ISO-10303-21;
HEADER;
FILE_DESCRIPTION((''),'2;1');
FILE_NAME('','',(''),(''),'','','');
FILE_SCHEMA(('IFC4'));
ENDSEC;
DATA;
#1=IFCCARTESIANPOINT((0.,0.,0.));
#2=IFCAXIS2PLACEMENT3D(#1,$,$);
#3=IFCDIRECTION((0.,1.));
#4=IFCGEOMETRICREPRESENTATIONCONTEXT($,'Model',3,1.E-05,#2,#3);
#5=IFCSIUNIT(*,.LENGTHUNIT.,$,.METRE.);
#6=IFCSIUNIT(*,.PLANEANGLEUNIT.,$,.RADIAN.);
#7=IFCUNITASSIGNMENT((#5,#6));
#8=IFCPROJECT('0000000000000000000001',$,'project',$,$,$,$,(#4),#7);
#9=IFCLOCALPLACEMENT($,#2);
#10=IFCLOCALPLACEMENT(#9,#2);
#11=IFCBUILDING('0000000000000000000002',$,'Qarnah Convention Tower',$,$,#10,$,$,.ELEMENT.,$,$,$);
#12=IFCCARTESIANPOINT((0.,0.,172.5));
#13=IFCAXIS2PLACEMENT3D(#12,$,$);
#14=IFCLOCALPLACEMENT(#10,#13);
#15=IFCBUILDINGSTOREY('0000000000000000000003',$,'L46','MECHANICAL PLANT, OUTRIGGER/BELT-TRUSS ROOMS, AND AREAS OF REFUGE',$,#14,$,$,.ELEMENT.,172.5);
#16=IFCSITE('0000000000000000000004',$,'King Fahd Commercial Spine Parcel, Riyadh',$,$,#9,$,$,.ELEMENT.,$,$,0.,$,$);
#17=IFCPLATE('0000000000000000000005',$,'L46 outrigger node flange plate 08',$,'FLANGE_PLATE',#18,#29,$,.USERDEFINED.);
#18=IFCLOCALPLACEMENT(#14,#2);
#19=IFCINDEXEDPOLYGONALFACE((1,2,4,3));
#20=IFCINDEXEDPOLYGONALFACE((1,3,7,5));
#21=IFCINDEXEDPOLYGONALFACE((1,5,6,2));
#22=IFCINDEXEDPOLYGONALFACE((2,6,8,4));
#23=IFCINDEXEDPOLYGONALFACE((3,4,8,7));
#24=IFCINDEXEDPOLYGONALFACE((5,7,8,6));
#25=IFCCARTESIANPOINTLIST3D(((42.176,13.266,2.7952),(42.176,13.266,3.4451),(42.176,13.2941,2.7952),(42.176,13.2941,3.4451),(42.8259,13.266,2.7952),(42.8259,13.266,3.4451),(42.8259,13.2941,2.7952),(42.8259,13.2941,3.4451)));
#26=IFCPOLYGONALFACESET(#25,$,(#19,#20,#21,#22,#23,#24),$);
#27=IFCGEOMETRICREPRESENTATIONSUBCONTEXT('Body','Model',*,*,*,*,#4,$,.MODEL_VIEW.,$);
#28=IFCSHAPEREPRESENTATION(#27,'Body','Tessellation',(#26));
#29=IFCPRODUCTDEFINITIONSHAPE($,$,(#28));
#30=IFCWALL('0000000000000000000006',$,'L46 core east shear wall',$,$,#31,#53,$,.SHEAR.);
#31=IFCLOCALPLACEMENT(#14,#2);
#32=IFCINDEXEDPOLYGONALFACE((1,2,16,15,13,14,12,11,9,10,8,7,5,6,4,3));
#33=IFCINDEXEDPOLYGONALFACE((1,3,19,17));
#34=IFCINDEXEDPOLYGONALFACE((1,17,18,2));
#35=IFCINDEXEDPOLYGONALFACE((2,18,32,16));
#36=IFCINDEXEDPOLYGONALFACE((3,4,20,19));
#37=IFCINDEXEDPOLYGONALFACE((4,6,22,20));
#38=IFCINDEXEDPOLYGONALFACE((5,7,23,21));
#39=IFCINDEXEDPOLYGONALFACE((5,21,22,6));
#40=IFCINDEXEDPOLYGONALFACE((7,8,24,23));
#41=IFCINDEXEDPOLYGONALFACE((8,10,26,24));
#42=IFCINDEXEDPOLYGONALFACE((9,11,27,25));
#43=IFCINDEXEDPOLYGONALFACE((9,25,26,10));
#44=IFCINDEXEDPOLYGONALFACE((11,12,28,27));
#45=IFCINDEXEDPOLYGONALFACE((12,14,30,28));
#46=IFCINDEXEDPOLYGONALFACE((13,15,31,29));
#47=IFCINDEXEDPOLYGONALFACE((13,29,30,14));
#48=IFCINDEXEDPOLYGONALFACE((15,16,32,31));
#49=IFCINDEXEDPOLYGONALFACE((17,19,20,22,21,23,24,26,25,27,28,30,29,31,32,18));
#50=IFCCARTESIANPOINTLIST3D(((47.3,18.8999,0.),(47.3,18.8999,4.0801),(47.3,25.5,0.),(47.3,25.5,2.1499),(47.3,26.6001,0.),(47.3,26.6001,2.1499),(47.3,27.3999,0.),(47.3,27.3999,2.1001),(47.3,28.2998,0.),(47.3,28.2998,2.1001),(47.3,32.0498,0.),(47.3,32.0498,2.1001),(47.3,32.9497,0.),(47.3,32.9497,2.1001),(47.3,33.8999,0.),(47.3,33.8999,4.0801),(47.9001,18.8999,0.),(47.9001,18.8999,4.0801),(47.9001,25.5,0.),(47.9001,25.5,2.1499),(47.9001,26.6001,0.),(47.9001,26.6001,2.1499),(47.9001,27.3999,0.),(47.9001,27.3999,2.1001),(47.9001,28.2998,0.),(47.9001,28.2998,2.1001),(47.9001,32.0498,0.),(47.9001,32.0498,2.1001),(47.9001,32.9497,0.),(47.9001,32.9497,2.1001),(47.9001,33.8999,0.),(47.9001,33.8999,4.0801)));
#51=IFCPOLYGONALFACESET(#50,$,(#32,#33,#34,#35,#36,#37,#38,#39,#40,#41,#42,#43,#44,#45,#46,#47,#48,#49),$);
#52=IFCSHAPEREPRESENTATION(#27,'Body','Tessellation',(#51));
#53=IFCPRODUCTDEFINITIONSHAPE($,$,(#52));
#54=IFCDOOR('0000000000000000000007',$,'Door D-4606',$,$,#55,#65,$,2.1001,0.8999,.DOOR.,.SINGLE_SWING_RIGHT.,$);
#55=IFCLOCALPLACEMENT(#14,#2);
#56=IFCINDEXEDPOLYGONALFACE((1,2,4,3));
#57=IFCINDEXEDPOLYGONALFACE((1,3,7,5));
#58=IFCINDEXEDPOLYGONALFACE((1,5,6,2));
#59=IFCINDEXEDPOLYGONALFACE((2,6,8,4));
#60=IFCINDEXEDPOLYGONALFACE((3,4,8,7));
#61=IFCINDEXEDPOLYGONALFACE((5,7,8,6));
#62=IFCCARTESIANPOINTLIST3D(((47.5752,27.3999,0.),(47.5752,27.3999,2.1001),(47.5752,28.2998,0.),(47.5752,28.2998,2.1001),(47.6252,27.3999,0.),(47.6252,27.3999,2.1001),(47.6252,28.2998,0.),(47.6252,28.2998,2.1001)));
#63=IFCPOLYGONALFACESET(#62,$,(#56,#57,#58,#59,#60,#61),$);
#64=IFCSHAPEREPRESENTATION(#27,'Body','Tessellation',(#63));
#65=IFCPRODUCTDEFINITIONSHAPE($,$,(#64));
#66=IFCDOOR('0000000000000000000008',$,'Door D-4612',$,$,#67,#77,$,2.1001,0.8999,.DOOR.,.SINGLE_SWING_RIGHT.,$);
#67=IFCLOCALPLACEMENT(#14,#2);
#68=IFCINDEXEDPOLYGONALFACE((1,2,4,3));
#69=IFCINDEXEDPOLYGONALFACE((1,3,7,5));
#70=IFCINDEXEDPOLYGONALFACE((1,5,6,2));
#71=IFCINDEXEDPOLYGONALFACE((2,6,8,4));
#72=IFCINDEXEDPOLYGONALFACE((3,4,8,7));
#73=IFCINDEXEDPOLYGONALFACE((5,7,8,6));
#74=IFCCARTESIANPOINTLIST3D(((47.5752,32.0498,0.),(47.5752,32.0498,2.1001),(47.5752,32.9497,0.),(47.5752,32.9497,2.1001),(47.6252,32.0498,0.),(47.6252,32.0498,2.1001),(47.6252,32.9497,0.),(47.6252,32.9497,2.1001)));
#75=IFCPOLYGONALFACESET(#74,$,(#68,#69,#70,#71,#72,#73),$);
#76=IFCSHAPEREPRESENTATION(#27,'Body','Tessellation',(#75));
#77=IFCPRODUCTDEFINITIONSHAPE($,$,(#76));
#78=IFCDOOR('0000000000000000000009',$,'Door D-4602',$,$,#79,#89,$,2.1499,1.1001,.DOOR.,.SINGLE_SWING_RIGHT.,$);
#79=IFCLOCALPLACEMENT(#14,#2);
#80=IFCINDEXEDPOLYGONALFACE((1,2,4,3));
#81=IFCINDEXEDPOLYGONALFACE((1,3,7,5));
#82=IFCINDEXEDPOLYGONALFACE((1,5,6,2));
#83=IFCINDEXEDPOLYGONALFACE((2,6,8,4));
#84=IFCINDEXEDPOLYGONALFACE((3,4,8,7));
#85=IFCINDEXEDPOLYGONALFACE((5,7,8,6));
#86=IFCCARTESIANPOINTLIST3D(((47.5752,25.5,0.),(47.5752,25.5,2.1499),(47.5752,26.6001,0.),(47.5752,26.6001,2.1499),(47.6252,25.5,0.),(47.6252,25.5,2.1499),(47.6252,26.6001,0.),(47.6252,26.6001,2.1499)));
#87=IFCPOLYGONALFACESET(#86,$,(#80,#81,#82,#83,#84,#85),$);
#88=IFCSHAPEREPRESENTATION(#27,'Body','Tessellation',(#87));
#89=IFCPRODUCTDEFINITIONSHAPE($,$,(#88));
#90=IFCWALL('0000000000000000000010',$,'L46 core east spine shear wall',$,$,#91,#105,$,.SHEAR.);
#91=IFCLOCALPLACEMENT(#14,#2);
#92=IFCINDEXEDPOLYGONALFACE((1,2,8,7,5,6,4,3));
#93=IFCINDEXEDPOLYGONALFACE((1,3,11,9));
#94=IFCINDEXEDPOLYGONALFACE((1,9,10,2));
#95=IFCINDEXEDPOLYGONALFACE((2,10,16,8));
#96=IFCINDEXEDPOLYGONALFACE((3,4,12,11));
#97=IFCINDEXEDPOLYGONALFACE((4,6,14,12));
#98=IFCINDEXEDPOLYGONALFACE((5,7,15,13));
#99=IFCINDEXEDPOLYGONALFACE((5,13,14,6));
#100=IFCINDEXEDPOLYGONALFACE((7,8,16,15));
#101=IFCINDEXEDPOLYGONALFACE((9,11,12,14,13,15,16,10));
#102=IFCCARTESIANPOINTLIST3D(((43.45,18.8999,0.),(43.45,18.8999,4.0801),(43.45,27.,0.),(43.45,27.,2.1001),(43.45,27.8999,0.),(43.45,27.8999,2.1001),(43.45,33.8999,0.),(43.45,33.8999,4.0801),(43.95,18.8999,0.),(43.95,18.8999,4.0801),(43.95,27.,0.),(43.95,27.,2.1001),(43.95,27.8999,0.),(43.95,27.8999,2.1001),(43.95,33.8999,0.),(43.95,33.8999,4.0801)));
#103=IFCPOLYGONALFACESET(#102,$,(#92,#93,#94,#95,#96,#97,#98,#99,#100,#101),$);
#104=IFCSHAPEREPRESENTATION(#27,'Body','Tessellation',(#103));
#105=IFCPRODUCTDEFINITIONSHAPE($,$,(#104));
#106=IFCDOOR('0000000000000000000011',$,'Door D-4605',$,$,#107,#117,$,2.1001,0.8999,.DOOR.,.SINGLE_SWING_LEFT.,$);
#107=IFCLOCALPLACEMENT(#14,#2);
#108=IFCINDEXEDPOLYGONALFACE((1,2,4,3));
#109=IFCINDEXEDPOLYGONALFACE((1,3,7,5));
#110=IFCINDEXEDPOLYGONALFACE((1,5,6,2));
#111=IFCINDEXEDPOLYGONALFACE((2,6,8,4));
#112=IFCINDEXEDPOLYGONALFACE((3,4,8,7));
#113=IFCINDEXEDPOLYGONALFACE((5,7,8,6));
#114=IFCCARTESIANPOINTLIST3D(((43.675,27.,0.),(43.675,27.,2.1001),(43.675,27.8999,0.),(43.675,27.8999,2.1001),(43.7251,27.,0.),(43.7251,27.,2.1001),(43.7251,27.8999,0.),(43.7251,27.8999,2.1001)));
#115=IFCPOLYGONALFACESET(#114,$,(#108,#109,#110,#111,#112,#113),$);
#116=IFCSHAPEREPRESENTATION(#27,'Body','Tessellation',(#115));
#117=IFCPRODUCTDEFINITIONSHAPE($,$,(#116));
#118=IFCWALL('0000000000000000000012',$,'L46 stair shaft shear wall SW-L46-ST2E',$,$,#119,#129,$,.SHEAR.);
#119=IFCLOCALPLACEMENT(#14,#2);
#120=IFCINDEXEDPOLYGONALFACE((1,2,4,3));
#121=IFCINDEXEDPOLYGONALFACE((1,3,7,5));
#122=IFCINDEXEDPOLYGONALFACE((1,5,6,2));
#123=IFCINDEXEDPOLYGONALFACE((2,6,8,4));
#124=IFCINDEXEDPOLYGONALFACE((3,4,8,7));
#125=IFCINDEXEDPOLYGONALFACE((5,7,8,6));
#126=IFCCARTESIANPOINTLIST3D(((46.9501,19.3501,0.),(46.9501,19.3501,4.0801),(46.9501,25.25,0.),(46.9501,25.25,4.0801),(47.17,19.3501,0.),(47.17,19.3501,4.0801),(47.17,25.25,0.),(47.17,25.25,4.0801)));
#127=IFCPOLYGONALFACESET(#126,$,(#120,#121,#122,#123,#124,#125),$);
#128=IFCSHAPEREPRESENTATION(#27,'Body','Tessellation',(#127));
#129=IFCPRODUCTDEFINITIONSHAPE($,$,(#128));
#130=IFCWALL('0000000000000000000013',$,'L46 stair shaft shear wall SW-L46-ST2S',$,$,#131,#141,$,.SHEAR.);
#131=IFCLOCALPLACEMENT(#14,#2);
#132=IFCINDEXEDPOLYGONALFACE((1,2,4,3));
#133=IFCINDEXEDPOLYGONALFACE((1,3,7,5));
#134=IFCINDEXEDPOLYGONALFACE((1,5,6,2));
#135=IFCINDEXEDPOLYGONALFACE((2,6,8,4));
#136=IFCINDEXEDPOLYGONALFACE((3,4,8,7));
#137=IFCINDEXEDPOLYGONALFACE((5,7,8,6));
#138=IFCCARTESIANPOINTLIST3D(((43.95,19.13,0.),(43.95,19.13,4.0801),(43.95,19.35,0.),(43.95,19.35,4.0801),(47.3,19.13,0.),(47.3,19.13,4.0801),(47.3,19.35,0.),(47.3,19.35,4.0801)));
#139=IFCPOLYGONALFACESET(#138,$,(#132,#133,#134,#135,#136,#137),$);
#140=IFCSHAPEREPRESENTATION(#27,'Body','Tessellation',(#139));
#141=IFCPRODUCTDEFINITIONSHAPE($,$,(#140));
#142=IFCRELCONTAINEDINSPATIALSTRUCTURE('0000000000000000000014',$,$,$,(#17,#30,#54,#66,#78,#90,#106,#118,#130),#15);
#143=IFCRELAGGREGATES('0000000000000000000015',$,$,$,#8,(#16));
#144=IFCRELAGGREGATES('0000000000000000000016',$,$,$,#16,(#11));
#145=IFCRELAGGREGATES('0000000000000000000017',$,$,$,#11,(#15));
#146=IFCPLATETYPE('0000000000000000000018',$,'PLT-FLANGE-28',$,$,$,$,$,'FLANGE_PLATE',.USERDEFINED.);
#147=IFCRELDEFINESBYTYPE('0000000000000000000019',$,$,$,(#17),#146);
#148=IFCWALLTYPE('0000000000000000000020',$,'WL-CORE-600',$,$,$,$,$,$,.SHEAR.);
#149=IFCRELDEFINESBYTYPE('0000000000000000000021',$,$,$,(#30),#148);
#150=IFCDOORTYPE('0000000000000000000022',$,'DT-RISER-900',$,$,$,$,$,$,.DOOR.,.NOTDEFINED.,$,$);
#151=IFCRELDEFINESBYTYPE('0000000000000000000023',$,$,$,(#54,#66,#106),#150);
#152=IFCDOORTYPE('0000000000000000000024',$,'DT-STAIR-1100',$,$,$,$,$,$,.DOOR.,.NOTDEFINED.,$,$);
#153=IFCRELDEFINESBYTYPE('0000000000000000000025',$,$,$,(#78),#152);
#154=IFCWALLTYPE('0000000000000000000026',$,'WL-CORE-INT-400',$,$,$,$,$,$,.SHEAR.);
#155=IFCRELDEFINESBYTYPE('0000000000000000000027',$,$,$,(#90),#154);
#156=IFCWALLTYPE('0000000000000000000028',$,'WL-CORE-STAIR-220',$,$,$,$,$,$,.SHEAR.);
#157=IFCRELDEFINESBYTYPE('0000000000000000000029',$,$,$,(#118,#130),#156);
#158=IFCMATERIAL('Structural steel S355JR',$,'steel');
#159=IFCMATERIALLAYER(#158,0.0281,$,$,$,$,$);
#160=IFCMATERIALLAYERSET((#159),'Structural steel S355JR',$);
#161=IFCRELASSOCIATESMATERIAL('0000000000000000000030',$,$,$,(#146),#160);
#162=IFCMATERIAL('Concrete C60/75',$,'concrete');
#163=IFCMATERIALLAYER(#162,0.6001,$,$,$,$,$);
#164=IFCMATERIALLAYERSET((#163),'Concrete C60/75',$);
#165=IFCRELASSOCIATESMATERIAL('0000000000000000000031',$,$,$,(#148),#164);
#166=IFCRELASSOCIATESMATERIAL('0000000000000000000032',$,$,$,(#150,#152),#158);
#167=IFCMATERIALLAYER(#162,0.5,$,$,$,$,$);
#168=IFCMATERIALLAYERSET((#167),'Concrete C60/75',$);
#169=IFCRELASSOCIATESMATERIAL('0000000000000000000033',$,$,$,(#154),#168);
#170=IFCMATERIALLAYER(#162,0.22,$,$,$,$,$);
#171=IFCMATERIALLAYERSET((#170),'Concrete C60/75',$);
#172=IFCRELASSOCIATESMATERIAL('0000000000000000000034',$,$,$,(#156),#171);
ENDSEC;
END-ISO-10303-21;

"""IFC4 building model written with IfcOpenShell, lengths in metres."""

from ifc_helpers import new_model, si_unit, direction, frame, frame_2d, origin, origin_2d, place, context, subcontext, project, spatial, rectangle, extrude, material, layer, layer_set, type_object, element, fill, save


model = new_model("IFC4")

# Units and contexts
model_context = context("Model", 3, precision=1e-05, world=origin(), true_north=direction((0.0, 1.0)))
body_context = subcontext(model_context, "Body", "Model", "MODEL_VIEW")
ifc_project = project(units=[si_unit("LENGTHUNIT", "METRE"), si_unit("PLANEANGLEUNIT", "RADIAN")], contexts=[model_context])

# Site, building, storey
site_placement = place(None, origin())
site = spatial("IfcSite", under=ifc_project, at=site_placement, Name="King Fahd Commercial Spine Parcel, Riyadh", CompositionType="ELEMENT", RefElevation=0.0)
building_placement = place(site_placement, origin())
building = spatial("IfcBuilding", under=site, at=building_placement, Name="Qarnah Convention Tower", CompositionType="ELEMENT")
storey_placement = place(building_placement, frame((0.0, 0.0, 172.5)))
storey = spatial("IfcBuildingStorey", under=building, at=storey_placement, Name="L46", Description="MECHANICAL PLANT, OUTRIGGER/BELT-TRUSS ROOMS, AND AREAS OF REFUGE", CompositionType="ELEMENT", Elevation=172.5)

# Shared definitions
ifc_material_1 = material(Name="Concrete C60/75", Category="concrete")

# Shared definitions
ifc_material_2 = material(Name="Structural steel S355JR", Category="steel")

# Plate
ifc_layer_1 = layer(ifc_material_2, 0.0281)
ifc_layer_set_1 = layer_set([ifc_layer_1], Name="Structural steel S355JR")
plate_type = type_object("IfcPlateType", Name="PLT-FLANGE-28", ElementType="FLANGE_PLATE", PredefinedType="USERDEFINED", material=ifc_layer_set_1)
plate_placement = place(storey_placement, frame((42.501, 13.28, 2.7952), z_axis=(0.0, 0.0, 1.0), x_axis=(1.0, 0.0, 0.0)))
element("IfcPlate", 1, at=plate_placement, inside=storey, type_object=plate_type, Name="L46 outrigger node flange plate 08", ObjectType="FLANGE_PLATE", PredefinedType="USERDEFINED", context=body_context, shape_type="SweptSolid", body=[
    extrude(rectangle(XDim=0.6499, YDim=0.0281, at=origin_2d()), origin(), (0.0, 0.0, 1.0), 0.6499),
])

# Wall, openings, doors
ifc_layer_2 = layer(ifc_material_1, 0.6001)
ifc_layer_set_2 = layer_set([ifc_layer_2], Name="Concrete C60/75")
wall_type_1 = type_object("IfcWallType", Name="WL-CORE-600", PredefinedType="SHEAR", material=ifc_layer_set_2)
wall_1_placement = place(storey_placement, frame((47.6001, 18.8999, 0.0), z_axis=(0.0, 0.0, 1.0), x_axis=(0.0, 1.0, 0.0)))
wall_1 = element("IfcWall", 2, at=wall_1_placement, inside=storey, type_object=wall_type_1, Name="L46 core east shear wall", PredefinedType="SHEAR", context=body_context, shape_type="SweptSolid", body=[
    extrude(rectangle(XDim=15.0, YDim=0.6001, at=frame_2d((7.5, 0.0))), origin(), (0.0, 0.0, 1.0), 4.0801),
])
opening_1_placement = place(wall_1_placement, frame((6.6001, 0.0, 0.0)))
opening_1 = element("IfcOpeningElement", 3, at=opening_1_placement, cuts=wall_1, PredefinedType="OPENING", context=body_context, shape_type="SweptSolid", body=[
    extrude(rectangle(XDim=1.1001, YDim=2.1499, at=frame_2d((0.55, 1.075))), frame((0.0, 0.3101, 0.0), z_axis=(0.0, -1.0, 0.0), x_axis=(1.0, 0.0, 0.0)), (0.0, 0.0, 1.0), 0.6201),
])
opening_2_placement = place(wall_1_placement, frame((8.5, 0.0, 0.0)))
opening_2 = element("IfcOpeningElement", 4, at=opening_2_placement, cuts=wall_1, PredefinedType="OPENING", context=body_context, shape_type="SweptSolid", body=[
    extrude(rectangle(XDim=0.8999, YDim=2.1001, at=frame_2d((0.45, 1.05))), frame((0.0, 0.3101, 0.0), z_axis=(0.0, -1.0, 0.0), x_axis=(1.0, 0.0, 0.0)), (0.0, 0.0, 1.0), 0.6201),
])
opening_3_placement = place(wall_1_placement, frame((13.1499, 0.0, 0.0)))
opening_3 = element("IfcOpeningElement", 5, at=opening_3_placement, cuts=wall_1, PredefinedType="OPENING", context=body_context, shape_type="SweptSolid", body=[
    extrude(rectangle(XDim=0.8999, YDim=2.1001, at=frame_2d((0.45, 1.05))), frame((0.0, 0.3101, 0.0), z_axis=(0.0, -1.0, 0.0), x_axis=(1.0, 0.0, 0.0)), (0.0, 0.0, 1.0), 0.6201),
])
door_type_1 = type_object("IfcDoorType", Name="DT-RISER-900", OperationType="NOTDEFINED", PredefinedType="DOOR", material=ifc_material_2)
door_1_placement = place(opening_2_placement, origin())
door_1 = element("IfcDoor", 6, at=door_1_placement, inside=storey, type_object=door_type_1, Name="Door D-4606", OperationType="SINGLE_SWING_RIGHT", OverallHeight=2.1001, OverallWidth=0.8999, PredefinedType="DOOR", context=body_context, shape_type="SweptSolid", body=[
    extrude(rectangle(XDim=0.8999, YDim=2.1001, at=frame_2d((0.45, 1.05))), frame((0.0, 0.0249, 0.0), z_axis=(0.0, -1.0, 0.0), x_axis=(1.0, 0.0, 0.0)), (0.0, 0.0, 1.0), 0.05),
])
fill(opening_2, door_1)
door_2_placement = place(opening_3_placement, origin())
door_2 = element("IfcDoor", 7, at=door_2_placement, inside=storey, type_object=door_type_1, Name="Door D-4612", OperationType="SINGLE_SWING_RIGHT", OverallHeight=2.1001, OverallWidth=0.8999, PredefinedType="DOOR", context=body_context, shape_type="SweptSolid", body=[
    extrude(rectangle(XDim=0.8999, YDim=2.1001, at=frame_2d((0.45, 1.05))), frame((0.0, 0.0249, 0.0), z_axis=(0.0, -1.0, 0.0), x_axis=(1.0, 0.0, 0.0)), (0.0, 0.0, 1.0), 0.05),
])
fill(opening_3, door_2)
door_type_2 = type_object("IfcDoorType", Name="DT-STAIR-1100", OperationType="NOTDEFINED", PredefinedType="DOOR", material=ifc_material_2)
door_3_placement = place(opening_1_placement, origin())
door_3 = element("IfcDoor", 8, at=door_3_placement, inside=storey, type_object=door_type_2, Name="Door D-4602", OperationType="SINGLE_SWING_RIGHT", OverallHeight=2.1499, OverallWidth=1.1001, PredefinedType="DOOR", context=body_context, shape_type="SweptSolid", body=[
    extrude(rectangle(XDim=1.1001, YDim=2.1499, at=frame_2d((0.55, 1.075))), frame((0.0, 0.0249, 0.0), z_axis=(0.0, -1.0, 0.0), x_axis=(1.0, 0.0, 0.0)), (0.0, 0.0, 1.0), 0.05),
])
fill(opening_1, door_3)

# Wall, opening, door
ifc_layer_3 = layer(ifc_material_1, 0.5)
ifc_layer_set_3 = layer_set([ifc_layer_3], Name="Concrete C60/75")
wall_type_2 = type_object("IfcWallType", Name="WL-CORE-INT-400", PredefinedType="SHEAR", material=ifc_layer_set_3)
wall_2_placement = place(storey_placement, frame((43.7, 18.8999, 0.0), z_axis=(0.0, 0.0, 1.0), x_axis=(0.0, 1.0, 0.0)))
wall_2 = element("IfcWall", 9, at=wall_2_placement, inside=storey, type_object=wall_type_2, Name="L46 core east spine shear wall", PredefinedType="SHEAR", context=body_context, shape_type="SweptSolid", body=[
    extrude(rectangle(XDim=15.0, YDim=0.5, at=frame_2d((7.5, 0.0))), origin(), (0.0, 0.0, 1.0), 4.0801),
])
opening_4_placement = place(wall_2_placement, frame((8.1001, 0.0, 0.0)))
opening_4 = element("IfcOpeningElement", 10, at=opening_4_placement, cuts=wall_2, PredefinedType="OPENING", context=body_context, shape_type="SweptSolid", body=[
    extrude(rectangle(XDim=0.8999, YDim=2.1001, at=frame_2d((0.45, 1.05))), frame((0.0, 0.26, 0.0), z_axis=(0.0, -1.0, 0.0), x_axis=(1.0, 0.0, 0.0)), (0.0, 0.0, 1.0), 0.52),
])
door_4_placement = place(opening_4_placement, origin())
door_4 = element("IfcDoor", 11, at=door_4_placement, inside=storey, type_object=door_type_1, Name="Door D-4605", OperationType="SINGLE_SWING_LEFT", OverallHeight=2.1001, OverallWidth=0.8999, PredefinedType="DOOR", context=body_context, shape_type="SweptSolid", body=[
    extrude(rectangle(XDim=0.8999, YDim=2.1001, at=frame_2d((0.45, 1.05))), frame((0.0, 0.0249, 0.0), z_axis=(0.0, -1.0, 0.0), x_axis=(1.0, 0.0, 0.0)), (0.0, 0.0, 1.0), 0.05),
])
fill(opening_4, door_4)

# Walls
ifc_layer_4 = layer(ifc_material_1, 0.22)
ifc_layer_set_4 = layer_set([ifc_layer_4], Name="Concrete C60/75")
wall_type_3 = type_object("IfcWallType", Name="WL-CORE-STAIR-220", PredefinedType="SHEAR", material=ifc_layer_set_4)
wall_3_placement = place(storey_placement, frame((47.0601, 19.3501, 0.0), z_axis=(0.0, 0.0, 1.0), x_axis=(0.0, 1.0, 0.0)))
element("IfcWall", 12, at=wall_3_placement, inside=storey, type_object=wall_type_3, Name="L46 stair shaft shear wall SW-L46-ST2E", PredefinedType="SHEAR", context=body_context, shape_type="SweptSolid", body=[
    extrude(rectangle(XDim=5.8999, YDim=0.22, at=frame_2d((2.95, 0.0))), origin(), (0.0, 0.0, 1.0), 4.0801),
])
wall_4_placement = place(storey_placement, frame((43.95, 19.24, 0.0), z_axis=(0.0, 0.0, 1.0), x_axis=(1.0, 0.0, 0.0)))
element("IfcWall", 13, at=wall_4_placement, inside=storey, type_object=wall_type_3, Name="L46 stair shaft shear wall SW-L46-ST2S", PredefinedType="SHEAR", context=body_context, shape_type="SweptSolid", body=[
    extrude(rectangle(XDim=3.3501, YDim=0.22, at=frame_2d((1.675, 0.0))), origin(), (0.0, 0.0, 1.0), 4.0801),
])

save(model, "model.ifc")
